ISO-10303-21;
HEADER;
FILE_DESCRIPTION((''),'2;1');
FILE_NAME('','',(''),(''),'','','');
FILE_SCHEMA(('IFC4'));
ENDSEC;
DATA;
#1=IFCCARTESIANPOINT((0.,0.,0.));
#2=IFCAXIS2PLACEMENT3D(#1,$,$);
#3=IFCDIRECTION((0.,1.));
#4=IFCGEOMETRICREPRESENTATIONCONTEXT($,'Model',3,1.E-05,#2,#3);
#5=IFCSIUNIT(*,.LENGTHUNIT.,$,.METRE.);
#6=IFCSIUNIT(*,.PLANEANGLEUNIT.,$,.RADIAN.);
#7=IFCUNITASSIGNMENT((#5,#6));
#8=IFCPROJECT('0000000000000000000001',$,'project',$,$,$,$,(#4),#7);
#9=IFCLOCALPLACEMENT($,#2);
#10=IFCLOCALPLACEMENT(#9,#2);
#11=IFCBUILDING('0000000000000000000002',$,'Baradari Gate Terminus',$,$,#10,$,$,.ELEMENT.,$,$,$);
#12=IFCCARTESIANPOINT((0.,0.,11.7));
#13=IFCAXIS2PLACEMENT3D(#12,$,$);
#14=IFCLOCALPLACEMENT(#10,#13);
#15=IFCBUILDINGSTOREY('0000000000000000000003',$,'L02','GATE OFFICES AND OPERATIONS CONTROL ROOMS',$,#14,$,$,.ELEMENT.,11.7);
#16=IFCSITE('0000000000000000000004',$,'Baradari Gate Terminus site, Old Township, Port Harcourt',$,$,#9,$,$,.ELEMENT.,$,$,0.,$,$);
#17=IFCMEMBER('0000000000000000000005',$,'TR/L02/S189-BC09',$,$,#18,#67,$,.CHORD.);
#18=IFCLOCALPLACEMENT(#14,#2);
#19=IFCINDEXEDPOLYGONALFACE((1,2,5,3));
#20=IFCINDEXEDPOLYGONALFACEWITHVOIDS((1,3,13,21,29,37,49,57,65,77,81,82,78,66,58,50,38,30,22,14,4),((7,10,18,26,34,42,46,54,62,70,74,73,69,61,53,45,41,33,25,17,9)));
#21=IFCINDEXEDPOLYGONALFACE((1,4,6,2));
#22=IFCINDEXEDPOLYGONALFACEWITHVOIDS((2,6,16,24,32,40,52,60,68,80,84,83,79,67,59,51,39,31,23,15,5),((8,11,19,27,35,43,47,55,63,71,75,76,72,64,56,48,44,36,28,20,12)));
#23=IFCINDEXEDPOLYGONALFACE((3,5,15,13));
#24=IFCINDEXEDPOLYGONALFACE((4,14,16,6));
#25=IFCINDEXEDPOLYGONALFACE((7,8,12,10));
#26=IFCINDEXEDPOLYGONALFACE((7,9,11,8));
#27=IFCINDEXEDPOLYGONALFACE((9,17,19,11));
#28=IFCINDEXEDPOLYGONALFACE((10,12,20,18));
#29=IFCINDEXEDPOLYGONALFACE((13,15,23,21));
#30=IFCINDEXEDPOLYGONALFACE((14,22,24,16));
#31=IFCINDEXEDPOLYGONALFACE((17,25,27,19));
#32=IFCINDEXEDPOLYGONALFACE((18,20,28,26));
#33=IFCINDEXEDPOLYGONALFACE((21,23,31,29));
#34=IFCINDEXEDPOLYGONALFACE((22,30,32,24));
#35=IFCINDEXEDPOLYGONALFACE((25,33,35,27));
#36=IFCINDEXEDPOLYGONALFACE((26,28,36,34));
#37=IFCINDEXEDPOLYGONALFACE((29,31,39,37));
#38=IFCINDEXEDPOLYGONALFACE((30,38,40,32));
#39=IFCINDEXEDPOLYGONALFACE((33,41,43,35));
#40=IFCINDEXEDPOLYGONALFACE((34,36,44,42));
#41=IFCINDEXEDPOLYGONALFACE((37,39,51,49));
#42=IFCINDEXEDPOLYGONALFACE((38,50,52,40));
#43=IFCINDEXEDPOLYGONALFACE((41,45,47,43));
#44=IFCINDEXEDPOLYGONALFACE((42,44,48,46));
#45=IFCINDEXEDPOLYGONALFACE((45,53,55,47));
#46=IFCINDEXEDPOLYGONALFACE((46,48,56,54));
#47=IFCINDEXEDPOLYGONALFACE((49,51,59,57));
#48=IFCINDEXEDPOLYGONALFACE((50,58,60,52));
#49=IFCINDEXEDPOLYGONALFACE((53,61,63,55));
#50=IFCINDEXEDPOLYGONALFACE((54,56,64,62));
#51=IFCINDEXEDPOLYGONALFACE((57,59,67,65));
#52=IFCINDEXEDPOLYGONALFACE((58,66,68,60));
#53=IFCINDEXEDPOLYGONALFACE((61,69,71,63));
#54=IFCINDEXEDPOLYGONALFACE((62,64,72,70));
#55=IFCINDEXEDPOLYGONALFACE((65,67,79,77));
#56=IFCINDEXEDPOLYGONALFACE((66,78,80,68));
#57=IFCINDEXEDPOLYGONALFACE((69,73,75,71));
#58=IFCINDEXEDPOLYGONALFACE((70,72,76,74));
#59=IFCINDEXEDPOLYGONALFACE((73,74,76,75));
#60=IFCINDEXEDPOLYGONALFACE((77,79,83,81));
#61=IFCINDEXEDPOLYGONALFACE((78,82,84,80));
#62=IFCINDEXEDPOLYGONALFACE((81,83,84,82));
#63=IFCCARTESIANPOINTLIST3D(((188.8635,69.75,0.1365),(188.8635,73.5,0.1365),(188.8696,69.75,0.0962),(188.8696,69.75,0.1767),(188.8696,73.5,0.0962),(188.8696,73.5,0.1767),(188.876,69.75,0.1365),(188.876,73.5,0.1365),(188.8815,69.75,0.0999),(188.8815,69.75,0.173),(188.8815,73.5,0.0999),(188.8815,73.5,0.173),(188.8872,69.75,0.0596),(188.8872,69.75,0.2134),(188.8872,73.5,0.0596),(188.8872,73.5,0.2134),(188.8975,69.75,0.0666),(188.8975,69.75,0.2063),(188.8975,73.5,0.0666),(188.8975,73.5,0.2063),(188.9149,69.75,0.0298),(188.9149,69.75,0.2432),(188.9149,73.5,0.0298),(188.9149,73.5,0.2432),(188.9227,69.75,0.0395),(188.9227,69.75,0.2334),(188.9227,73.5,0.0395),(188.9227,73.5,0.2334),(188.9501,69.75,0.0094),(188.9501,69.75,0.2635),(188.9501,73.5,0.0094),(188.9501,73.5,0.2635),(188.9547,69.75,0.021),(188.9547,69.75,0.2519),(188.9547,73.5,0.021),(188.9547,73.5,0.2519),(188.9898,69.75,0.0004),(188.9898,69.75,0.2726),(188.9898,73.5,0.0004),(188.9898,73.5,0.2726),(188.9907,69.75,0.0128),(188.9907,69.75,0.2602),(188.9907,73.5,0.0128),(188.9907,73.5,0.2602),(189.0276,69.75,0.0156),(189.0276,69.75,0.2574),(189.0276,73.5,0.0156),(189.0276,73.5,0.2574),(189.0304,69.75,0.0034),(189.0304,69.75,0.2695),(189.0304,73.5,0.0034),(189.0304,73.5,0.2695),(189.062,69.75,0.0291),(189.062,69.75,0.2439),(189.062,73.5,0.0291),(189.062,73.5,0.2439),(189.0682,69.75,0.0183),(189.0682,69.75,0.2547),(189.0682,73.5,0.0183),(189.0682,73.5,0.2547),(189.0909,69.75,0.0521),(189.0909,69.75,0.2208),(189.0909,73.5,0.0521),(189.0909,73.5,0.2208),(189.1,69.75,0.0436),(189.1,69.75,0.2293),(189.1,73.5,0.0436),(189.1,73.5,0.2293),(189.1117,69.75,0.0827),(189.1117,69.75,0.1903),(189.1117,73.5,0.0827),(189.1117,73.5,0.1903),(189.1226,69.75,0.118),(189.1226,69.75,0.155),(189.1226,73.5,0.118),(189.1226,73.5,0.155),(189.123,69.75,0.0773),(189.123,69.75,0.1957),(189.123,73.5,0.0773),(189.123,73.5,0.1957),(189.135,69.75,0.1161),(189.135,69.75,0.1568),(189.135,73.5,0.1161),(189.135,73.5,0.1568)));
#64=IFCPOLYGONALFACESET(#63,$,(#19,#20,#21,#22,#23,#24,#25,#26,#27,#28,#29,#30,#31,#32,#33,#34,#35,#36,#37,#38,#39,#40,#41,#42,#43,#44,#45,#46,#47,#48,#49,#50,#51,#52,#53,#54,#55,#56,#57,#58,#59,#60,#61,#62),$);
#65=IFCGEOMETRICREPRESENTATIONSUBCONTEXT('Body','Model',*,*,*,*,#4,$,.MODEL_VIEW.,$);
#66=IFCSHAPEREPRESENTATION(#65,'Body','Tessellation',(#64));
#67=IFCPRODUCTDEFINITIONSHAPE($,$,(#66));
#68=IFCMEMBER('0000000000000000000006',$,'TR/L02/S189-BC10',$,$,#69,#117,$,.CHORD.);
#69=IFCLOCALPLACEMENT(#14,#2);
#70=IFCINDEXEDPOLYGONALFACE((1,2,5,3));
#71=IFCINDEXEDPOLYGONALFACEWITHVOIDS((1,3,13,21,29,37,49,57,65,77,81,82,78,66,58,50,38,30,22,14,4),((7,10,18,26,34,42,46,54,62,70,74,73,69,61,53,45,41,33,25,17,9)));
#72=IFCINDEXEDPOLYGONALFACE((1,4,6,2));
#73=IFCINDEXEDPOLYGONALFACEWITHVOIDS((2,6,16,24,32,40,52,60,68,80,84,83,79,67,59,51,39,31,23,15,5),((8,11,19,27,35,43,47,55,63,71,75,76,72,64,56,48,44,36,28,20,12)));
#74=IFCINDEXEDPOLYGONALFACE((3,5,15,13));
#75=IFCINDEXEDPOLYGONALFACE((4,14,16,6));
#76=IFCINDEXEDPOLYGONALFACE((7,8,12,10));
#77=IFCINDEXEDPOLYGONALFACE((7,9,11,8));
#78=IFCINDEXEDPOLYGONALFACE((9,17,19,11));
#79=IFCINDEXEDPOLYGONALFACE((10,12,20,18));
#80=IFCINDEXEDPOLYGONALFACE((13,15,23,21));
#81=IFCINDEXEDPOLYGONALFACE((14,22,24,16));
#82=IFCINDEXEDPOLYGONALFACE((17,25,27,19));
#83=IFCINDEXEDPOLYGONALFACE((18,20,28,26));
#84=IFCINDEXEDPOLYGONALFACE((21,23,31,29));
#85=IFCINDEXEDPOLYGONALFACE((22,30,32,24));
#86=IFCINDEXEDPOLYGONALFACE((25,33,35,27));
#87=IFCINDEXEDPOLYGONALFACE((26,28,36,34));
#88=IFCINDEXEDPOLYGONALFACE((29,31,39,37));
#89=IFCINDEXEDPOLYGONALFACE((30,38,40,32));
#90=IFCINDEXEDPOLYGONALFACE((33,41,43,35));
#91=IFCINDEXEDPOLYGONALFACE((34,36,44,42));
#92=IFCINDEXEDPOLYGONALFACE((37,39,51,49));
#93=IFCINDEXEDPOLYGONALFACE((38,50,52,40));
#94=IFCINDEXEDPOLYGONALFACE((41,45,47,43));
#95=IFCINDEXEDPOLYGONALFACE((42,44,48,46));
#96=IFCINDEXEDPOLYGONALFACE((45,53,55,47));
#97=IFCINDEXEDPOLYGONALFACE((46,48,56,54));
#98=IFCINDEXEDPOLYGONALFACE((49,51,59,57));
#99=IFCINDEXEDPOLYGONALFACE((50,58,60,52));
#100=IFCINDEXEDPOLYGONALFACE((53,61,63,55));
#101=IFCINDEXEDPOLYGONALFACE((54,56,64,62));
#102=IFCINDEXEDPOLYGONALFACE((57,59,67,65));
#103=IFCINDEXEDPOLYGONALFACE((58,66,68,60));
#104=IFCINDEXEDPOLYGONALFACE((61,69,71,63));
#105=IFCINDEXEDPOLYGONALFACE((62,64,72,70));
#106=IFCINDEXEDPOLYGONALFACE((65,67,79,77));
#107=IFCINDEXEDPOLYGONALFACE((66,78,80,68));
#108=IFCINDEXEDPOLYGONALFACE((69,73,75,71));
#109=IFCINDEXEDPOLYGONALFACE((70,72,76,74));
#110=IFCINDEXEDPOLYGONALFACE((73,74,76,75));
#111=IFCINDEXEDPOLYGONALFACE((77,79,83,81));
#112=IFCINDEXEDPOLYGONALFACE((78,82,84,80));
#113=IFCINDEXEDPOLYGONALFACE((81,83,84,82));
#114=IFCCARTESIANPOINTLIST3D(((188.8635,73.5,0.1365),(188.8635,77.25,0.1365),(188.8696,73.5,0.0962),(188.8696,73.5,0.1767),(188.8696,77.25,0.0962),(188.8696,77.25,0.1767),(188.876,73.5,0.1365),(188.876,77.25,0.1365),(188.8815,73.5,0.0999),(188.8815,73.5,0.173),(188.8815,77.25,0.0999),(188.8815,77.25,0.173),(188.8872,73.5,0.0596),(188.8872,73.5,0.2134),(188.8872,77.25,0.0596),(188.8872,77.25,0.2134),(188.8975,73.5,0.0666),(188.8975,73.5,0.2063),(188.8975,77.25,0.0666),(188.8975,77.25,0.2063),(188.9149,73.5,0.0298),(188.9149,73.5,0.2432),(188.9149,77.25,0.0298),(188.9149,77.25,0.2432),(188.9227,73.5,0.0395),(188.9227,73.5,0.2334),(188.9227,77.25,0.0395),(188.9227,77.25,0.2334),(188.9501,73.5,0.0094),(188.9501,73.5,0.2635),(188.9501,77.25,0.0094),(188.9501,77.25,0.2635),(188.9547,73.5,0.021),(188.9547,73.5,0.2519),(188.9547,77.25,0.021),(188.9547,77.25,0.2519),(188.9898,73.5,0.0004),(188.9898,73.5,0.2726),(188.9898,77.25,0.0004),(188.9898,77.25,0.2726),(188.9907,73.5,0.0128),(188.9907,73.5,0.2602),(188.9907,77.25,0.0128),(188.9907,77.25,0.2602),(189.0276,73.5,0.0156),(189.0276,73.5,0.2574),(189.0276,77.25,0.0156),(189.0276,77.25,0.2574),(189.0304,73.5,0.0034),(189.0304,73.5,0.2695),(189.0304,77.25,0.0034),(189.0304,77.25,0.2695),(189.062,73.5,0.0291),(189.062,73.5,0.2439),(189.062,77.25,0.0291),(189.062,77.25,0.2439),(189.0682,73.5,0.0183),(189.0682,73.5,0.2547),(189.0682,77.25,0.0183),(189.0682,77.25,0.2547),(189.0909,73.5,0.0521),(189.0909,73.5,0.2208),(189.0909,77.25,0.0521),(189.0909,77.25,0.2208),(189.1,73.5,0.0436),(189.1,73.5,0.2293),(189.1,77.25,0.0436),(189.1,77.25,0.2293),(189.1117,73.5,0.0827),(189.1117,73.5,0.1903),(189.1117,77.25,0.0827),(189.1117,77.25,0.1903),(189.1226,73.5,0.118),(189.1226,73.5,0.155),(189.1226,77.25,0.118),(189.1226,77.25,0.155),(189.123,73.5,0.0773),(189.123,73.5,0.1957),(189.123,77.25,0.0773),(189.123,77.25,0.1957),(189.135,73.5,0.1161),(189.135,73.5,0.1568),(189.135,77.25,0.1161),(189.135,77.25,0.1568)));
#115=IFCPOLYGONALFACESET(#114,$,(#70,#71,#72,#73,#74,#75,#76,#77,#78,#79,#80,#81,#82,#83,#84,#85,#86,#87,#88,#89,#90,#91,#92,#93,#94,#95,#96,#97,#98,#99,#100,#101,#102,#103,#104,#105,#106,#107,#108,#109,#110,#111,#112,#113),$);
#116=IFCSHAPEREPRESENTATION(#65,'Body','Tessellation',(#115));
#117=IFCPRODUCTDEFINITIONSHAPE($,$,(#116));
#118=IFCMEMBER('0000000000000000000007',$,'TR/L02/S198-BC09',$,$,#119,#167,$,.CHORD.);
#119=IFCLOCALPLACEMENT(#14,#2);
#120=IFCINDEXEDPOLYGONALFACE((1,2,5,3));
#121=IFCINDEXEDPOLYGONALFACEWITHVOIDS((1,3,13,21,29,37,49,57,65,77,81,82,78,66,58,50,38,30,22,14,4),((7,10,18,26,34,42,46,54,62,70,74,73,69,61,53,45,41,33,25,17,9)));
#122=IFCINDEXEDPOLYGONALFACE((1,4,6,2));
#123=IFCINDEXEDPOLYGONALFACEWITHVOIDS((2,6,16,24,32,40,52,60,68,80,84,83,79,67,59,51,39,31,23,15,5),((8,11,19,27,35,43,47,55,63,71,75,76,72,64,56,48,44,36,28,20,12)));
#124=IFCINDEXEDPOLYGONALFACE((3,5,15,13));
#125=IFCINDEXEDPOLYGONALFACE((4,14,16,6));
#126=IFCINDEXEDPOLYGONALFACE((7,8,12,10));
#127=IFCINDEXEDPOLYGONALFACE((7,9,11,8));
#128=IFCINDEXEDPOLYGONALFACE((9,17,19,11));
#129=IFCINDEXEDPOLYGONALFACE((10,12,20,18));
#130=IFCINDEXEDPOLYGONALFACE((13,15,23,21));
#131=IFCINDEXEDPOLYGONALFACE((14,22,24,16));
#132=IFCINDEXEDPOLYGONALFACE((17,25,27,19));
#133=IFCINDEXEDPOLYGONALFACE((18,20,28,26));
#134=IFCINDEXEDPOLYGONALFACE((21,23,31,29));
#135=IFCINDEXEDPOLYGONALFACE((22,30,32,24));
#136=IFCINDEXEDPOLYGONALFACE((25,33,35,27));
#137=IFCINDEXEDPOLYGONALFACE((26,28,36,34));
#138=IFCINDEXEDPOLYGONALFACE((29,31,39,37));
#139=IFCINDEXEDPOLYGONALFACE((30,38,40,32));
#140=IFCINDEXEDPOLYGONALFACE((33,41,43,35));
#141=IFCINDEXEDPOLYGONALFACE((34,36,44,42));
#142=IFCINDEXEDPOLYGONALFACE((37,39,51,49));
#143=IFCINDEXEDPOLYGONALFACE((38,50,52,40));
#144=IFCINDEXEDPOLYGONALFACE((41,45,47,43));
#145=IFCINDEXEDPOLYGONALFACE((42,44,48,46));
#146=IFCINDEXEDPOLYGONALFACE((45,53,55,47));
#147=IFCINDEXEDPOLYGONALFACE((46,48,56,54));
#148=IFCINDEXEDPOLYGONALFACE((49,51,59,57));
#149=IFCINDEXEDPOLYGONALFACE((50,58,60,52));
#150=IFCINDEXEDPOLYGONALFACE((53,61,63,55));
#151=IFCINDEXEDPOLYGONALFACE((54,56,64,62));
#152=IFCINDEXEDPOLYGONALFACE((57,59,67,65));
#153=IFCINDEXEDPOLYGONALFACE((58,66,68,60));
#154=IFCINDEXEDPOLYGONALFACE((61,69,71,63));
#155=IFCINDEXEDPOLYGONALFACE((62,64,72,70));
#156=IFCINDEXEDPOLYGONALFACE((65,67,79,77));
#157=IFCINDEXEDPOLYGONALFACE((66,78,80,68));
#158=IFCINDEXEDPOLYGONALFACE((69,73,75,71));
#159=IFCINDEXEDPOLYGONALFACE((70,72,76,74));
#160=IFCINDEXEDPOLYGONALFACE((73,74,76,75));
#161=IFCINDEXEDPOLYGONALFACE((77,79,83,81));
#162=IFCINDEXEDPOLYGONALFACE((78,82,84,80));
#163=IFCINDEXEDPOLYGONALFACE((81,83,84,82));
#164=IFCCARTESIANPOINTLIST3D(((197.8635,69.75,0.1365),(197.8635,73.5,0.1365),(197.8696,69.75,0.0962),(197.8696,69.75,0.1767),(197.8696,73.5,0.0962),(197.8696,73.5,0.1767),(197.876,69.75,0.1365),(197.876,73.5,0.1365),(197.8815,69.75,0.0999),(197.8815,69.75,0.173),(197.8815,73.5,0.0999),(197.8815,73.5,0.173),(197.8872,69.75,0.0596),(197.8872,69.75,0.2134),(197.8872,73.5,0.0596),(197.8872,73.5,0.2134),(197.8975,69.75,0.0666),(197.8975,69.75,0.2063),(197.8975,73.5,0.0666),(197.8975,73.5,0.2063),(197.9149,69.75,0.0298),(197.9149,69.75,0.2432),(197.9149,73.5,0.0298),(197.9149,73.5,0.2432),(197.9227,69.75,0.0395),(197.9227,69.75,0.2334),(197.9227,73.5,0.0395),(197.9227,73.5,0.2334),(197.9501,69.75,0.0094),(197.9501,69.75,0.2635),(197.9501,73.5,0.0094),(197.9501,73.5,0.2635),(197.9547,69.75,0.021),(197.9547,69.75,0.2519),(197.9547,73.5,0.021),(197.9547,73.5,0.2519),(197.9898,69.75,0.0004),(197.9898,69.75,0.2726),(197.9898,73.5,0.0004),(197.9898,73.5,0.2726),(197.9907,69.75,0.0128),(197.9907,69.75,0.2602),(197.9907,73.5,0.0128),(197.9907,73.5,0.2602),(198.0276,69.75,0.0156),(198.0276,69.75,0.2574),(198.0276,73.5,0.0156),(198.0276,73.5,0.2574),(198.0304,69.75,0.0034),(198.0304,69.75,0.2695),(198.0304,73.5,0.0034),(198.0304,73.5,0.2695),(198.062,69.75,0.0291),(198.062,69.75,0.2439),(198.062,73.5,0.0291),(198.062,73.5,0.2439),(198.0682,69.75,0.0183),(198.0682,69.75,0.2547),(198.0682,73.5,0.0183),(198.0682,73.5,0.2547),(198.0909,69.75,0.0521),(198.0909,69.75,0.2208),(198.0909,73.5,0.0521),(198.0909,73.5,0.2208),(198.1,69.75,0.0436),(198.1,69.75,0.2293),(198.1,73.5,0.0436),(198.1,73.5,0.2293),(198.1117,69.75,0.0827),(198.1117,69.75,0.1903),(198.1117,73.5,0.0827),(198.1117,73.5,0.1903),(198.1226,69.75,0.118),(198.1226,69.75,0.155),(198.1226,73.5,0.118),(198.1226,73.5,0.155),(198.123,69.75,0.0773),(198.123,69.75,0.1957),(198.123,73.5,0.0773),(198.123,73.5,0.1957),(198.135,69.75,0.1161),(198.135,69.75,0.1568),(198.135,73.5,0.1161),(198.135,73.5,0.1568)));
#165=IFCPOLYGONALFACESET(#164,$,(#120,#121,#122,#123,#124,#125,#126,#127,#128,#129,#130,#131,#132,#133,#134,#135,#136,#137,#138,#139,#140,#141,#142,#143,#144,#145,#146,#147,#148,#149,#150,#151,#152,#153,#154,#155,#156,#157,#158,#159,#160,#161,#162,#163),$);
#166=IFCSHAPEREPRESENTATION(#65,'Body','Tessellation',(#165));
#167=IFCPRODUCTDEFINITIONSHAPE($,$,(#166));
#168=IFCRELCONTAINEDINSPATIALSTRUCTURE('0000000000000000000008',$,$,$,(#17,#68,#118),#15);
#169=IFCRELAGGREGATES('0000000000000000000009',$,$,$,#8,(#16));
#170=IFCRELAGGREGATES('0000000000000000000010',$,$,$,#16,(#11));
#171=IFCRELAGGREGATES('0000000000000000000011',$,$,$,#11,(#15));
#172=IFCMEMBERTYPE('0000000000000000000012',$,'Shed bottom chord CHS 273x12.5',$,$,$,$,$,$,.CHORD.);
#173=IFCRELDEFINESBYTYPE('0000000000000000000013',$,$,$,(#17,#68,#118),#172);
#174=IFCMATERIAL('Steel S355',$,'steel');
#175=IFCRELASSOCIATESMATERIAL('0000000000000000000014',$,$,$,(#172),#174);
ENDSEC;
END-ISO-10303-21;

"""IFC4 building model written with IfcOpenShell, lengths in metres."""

from ifc_helpers import new_model, si_unit, direction, frame, origin, origin_2d, place, context, subcontext, project, spatial, hollow_circle, extrude, material, material_profile, profile_set, type_object, element, save


model = new_model("IFC4")

# Units and contexts
model_context = context("Model", 3, precision=1e-05, world=origin(), true_north=direction((0.0, 1.0)))
body_context = subcontext(model_context, "Body", "Model", "MODEL_VIEW")
ifc_project = project(units=[si_unit("LENGTHUNIT", "METRE"), si_unit("PLANEANGLEUNIT", "RADIAN")], contexts=[model_context])

# Site, building, storey
site_placement = place(None, origin())
site = spatial("IfcSite", under=ifc_project, at=site_placement, Name="Baradari Gate Terminus site, Old Township, Port Harcourt", CompositionType="ELEMENT", RefElevation=0.0)
building_placement = place(site_placement, origin())
building = spatial("IfcBuilding", under=site, at=building_placement, Name="Baradari Gate Terminus", CompositionType="ELEMENT")
storey_placement = place(building_placement, frame((0.0, 0.0, 11.7)))
storey = spatial("IfcBuildingStorey", under=building, at=storey_placement, Name="L02", Description="GATE OFFICES AND OPERATIONS CONTROL ROOMS", CompositionType="ELEMENT", Elevation=11.7)

# Members
ifc_material_1 = material(Name="Steel S355", Category="steel")
ifc_material_profile_1 = material_profile(ifc_material_1, hollow_circle(Radius=0.1365, WallThickness=0.0125, at=origin_2d()), Name="CHS 273x12.5")
ifc_profile_set_1 = profile_set([ifc_material_profile_1], Name="Steel S355")
member_type_1 = type_object("IfcMemberType", Name="Shed bottom chord CHS 273x12.5", PredefinedType="CHORD", material=ifc_profile_set_1)
for number, where, z_axis, x_axis, name in (
    (1, (189.0, 69.75, 0.1365), (0.0, 1.0, 0.0), (-1.0, 0.0, 0.0), "TR/L02/S189-BC09"),
    (2, (189.0, 73.5, 0.1365), (0.0, 1.0, 0.0), (-1.0, 0.0, 0.0), "TR/L02/S189-BC10"),
    (3, (198.0, 69.75, 0.1365), (0.0, 1.0, 0.0), (-1.0, 0.0, 0.0), "TR/L02/S198-BC09"),
):
    element("IfcMember", number, at=place(storey_placement, frame(where, z_axis=z_axis, x_axis=x_axis)), inside=storey, type_object=member_type_1, Name=name, PredefinedType="CHORD", context=body_context, shape_type="SweptSolid", body=[
        extrude(hollow_circle(Radius=0.1365, WallThickness=0.0125, at=origin_2d()), origin(), (0.0, 0.0, 1.0), 3.75),
    ])

save(model, "model.ifc")
